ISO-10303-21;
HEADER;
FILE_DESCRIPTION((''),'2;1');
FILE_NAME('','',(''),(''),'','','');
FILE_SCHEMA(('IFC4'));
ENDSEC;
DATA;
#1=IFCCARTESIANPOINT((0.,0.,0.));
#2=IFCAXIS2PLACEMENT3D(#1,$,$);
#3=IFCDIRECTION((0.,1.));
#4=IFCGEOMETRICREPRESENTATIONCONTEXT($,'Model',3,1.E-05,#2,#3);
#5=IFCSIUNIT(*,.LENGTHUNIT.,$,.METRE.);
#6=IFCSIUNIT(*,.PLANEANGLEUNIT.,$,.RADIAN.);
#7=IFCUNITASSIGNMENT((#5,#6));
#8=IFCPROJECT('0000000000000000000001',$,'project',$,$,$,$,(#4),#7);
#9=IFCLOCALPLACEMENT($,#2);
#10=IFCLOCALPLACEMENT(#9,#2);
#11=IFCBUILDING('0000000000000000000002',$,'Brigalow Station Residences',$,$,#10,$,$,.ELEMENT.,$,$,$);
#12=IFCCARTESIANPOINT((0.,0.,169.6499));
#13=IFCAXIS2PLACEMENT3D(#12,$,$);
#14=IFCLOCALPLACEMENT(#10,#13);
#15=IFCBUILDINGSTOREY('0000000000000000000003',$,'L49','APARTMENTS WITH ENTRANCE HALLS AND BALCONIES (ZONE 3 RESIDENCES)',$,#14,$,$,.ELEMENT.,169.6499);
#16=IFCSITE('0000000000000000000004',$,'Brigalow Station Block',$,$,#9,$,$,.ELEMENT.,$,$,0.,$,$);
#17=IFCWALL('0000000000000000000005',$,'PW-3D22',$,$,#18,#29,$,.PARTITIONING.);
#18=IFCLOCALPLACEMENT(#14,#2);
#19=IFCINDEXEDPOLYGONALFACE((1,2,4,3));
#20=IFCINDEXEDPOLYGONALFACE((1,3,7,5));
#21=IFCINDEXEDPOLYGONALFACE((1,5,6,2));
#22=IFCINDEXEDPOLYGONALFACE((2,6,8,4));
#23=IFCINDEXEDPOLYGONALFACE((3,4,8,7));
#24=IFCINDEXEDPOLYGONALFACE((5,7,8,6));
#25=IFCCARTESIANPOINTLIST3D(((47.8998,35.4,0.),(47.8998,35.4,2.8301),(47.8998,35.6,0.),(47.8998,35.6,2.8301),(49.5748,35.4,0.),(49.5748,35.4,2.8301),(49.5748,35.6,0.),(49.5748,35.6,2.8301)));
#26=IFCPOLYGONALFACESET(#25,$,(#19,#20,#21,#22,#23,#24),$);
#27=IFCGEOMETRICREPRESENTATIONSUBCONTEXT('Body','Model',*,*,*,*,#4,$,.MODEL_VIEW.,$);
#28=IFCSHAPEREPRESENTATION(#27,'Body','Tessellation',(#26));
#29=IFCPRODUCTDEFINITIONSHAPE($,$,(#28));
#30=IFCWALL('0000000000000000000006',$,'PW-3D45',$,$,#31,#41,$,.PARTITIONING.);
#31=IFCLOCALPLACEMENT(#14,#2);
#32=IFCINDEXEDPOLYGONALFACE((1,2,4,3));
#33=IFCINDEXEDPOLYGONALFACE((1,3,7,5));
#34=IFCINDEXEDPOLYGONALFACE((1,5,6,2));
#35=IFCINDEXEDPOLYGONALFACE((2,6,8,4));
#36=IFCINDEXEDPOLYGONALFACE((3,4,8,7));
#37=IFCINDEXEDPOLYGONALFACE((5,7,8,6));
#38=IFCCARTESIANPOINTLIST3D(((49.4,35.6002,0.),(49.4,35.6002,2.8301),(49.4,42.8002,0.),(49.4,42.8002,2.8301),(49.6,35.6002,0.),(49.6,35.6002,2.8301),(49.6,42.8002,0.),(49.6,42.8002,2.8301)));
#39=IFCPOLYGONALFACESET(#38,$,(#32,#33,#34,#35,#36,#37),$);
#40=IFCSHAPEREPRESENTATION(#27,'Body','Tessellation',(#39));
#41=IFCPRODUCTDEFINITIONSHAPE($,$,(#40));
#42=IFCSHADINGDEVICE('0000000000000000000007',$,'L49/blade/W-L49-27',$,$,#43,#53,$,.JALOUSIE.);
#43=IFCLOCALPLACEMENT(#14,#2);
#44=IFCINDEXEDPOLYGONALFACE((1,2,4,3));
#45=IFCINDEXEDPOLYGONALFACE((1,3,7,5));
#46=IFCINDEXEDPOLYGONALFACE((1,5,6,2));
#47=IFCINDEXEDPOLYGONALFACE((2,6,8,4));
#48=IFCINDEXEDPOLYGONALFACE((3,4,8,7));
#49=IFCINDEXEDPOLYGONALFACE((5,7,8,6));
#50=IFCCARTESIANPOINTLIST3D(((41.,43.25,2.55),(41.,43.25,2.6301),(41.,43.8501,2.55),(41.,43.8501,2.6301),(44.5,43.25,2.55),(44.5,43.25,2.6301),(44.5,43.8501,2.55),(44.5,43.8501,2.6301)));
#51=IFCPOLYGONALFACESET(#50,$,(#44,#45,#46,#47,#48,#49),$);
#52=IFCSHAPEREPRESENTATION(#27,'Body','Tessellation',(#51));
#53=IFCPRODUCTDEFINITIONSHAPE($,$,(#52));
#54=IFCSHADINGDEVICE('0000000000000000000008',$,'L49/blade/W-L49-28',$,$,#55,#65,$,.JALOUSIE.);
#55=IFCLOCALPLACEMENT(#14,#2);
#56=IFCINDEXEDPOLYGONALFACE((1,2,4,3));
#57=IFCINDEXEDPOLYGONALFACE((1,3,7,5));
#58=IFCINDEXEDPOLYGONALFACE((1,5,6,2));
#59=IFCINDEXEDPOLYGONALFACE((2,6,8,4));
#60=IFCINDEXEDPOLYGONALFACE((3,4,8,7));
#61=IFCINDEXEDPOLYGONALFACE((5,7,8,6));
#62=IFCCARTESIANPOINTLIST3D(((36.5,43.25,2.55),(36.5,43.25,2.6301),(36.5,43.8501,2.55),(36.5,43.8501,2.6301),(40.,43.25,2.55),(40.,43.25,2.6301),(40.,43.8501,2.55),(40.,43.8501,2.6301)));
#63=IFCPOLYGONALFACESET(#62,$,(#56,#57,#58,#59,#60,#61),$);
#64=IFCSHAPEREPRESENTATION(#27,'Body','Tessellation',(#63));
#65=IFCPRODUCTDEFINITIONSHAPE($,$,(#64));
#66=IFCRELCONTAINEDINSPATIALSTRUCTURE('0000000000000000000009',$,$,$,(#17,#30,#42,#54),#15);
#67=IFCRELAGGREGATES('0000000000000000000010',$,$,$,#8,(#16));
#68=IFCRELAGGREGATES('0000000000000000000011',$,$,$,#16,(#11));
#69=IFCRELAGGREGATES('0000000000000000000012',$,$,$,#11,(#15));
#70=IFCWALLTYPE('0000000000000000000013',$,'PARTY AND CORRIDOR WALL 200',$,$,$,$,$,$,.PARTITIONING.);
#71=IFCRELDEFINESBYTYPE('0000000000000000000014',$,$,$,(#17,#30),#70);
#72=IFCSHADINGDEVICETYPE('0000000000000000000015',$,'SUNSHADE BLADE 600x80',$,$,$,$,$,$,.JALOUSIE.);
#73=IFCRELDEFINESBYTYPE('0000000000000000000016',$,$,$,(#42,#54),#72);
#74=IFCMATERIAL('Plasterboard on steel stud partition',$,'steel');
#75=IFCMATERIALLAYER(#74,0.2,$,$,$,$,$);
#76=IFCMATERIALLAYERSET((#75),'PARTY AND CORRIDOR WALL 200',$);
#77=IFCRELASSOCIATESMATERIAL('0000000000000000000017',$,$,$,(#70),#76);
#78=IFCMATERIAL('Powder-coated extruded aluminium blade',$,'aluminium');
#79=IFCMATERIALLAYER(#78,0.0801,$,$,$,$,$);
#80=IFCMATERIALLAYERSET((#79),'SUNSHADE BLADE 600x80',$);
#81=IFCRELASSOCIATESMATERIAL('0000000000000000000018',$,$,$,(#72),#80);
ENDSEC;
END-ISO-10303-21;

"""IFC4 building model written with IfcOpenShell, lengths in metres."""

from ifc_helpers import new_model, si_unit, direction, frame, frame_2d, origin, origin_2d, place, context, subcontext, project, spatial, rectangle, extrude, material, layer, layer_set, type_object, element, save


model = new_model("IFC4")

# Units and contexts
model_context = context("Model", 3, precision=1e-05, world=origin(), true_north=direction((0.0, 1.0)))
body_context = subcontext(model_context, "Body", "Model", "MODEL_VIEW")
ifc_project = project(units=[si_unit("LENGTHUNIT", "METRE"), si_unit("PLANEANGLEUNIT", "RADIAN")], contexts=[model_context])

# Site, building, storey
site_placement = place(None, origin())
site = spatial("IfcSite", under=ifc_project, at=site_placement, Name="Brigalow Station Block", CompositionType="ELEMENT", RefElevation=0.0)
building_placement = place(site_placement, origin())
building = spatial("IfcBuilding", under=site, at=building_placement, Name="Brigalow Station Residences", CompositionType="ELEMENT")
storey_placement = place(building_placement, frame((0.0, 0.0, 169.6499)))
storey = spatial("IfcBuildingStorey", under=building, at=storey_placement, Name="L49", Description="APARTMENTS WITH ENTRANCE HALLS AND BALCONIES (ZONE 3 RESIDENCES)", CompositionType="ELEMENT", Elevation=169.6499)

# Walls
ifc_material_1 = material(Name="Plasterboard on steel stud partition", Category="steel")
ifc_layer_1 = layer(ifc_material_1, 0.2)
ifc_layer_set_1 = layer_set([ifc_layer_1], Name="PARTY AND CORRIDOR WALL 200")
wall_type_1 = type_object("IfcWallType", Name="PARTY AND CORRIDOR WALL 200", PredefinedType="PARTITIONING", material=ifc_layer_set_1)
wall_1_placement = place(storey_placement, frame((47.8999, 35.5, 0.0), z_axis=(0.0, 0.0, 1.0), x_axis=(1.0, 0.0, 0.0)))
element("IfcWall", 1, at=wall_1_placement, inside=storey, type_object=wall_type_1, Name="PW-3D22", PredefinedType="PARTITIONING", context=body_context, shape_type="SweptSolid", body=[
    extrude(rectangle(XDim=1.675, YDim=0.2, at=frame_2d((0.8374, 0.0))), origin(), (0.0, 0.0, 1.0), 2.8301),
])
wall_2_placement = place(storey_placement, frame((49.5, 35.6001, 0.0), z_axis=(0.0, 0.0, 1.0), x_axis=(0.0, 1.0, 0.0)))
element("IfcWall", 2, at=wall_2_placement, inside=storey, type_object=wall_type_1, Name="PW-3D45", PredefinedType="PARTITIONING", context=body_context, shape_type="SweptSolid", body=[
    extrude(rectangle(XDim=7.2, YDim=0.2, at=frame_2d((3.6001, 0.0))), origin(), (0.0, 0.0, 1.0), 2.8301),
])

# Shading devices
ifc_material_2 = material(Name="Powder-coated extruded aluminium blade", Category="aluminium")
ifc_layer_2 = layer(ifc_material_2, 0.0801)
ifc_layer_set_2 = layer_set([ifc_layer_2], Name="SUNSHADE BLADE 600x80")
shading_device_type = type_object("IfcShadingDeviceType", Name="SUNSHADE BLADE 600x80", PredefinedType="JALOUSIE", material=ifc_layer_set_2)
for number, where, z_axis, x_axis, name in (
    (3, (42.75, 43.55, 2.55), (0.0, 0.0, 1.0), (-1.0, 0.0, 0.0), "L49/blade/W-L49-27"),
    (4, (38.25, 43.55, 2.55), (0.0, 0.0, 1.0), (-1.0, 0.0, 0.0), "L49/blade/W-L49-28"),
):
    element("IfcShadingDevice", number, at=place(storey_placement, frame(where, z_axis=z_axis, x_axis=x_axis)), inside=storey, type_object=shading_device_type, Name=name, PredefinedType="JALOUSIE", context=body_context, shape_type="SweptSolid", body=[
        extrude(rectangle(XDim=3.5, YDim=0.6001, at=origin_2d()), origin(), (0.0, 0.0, 1.0), 0.0801),
    ])

save(model, "model.ifc")
